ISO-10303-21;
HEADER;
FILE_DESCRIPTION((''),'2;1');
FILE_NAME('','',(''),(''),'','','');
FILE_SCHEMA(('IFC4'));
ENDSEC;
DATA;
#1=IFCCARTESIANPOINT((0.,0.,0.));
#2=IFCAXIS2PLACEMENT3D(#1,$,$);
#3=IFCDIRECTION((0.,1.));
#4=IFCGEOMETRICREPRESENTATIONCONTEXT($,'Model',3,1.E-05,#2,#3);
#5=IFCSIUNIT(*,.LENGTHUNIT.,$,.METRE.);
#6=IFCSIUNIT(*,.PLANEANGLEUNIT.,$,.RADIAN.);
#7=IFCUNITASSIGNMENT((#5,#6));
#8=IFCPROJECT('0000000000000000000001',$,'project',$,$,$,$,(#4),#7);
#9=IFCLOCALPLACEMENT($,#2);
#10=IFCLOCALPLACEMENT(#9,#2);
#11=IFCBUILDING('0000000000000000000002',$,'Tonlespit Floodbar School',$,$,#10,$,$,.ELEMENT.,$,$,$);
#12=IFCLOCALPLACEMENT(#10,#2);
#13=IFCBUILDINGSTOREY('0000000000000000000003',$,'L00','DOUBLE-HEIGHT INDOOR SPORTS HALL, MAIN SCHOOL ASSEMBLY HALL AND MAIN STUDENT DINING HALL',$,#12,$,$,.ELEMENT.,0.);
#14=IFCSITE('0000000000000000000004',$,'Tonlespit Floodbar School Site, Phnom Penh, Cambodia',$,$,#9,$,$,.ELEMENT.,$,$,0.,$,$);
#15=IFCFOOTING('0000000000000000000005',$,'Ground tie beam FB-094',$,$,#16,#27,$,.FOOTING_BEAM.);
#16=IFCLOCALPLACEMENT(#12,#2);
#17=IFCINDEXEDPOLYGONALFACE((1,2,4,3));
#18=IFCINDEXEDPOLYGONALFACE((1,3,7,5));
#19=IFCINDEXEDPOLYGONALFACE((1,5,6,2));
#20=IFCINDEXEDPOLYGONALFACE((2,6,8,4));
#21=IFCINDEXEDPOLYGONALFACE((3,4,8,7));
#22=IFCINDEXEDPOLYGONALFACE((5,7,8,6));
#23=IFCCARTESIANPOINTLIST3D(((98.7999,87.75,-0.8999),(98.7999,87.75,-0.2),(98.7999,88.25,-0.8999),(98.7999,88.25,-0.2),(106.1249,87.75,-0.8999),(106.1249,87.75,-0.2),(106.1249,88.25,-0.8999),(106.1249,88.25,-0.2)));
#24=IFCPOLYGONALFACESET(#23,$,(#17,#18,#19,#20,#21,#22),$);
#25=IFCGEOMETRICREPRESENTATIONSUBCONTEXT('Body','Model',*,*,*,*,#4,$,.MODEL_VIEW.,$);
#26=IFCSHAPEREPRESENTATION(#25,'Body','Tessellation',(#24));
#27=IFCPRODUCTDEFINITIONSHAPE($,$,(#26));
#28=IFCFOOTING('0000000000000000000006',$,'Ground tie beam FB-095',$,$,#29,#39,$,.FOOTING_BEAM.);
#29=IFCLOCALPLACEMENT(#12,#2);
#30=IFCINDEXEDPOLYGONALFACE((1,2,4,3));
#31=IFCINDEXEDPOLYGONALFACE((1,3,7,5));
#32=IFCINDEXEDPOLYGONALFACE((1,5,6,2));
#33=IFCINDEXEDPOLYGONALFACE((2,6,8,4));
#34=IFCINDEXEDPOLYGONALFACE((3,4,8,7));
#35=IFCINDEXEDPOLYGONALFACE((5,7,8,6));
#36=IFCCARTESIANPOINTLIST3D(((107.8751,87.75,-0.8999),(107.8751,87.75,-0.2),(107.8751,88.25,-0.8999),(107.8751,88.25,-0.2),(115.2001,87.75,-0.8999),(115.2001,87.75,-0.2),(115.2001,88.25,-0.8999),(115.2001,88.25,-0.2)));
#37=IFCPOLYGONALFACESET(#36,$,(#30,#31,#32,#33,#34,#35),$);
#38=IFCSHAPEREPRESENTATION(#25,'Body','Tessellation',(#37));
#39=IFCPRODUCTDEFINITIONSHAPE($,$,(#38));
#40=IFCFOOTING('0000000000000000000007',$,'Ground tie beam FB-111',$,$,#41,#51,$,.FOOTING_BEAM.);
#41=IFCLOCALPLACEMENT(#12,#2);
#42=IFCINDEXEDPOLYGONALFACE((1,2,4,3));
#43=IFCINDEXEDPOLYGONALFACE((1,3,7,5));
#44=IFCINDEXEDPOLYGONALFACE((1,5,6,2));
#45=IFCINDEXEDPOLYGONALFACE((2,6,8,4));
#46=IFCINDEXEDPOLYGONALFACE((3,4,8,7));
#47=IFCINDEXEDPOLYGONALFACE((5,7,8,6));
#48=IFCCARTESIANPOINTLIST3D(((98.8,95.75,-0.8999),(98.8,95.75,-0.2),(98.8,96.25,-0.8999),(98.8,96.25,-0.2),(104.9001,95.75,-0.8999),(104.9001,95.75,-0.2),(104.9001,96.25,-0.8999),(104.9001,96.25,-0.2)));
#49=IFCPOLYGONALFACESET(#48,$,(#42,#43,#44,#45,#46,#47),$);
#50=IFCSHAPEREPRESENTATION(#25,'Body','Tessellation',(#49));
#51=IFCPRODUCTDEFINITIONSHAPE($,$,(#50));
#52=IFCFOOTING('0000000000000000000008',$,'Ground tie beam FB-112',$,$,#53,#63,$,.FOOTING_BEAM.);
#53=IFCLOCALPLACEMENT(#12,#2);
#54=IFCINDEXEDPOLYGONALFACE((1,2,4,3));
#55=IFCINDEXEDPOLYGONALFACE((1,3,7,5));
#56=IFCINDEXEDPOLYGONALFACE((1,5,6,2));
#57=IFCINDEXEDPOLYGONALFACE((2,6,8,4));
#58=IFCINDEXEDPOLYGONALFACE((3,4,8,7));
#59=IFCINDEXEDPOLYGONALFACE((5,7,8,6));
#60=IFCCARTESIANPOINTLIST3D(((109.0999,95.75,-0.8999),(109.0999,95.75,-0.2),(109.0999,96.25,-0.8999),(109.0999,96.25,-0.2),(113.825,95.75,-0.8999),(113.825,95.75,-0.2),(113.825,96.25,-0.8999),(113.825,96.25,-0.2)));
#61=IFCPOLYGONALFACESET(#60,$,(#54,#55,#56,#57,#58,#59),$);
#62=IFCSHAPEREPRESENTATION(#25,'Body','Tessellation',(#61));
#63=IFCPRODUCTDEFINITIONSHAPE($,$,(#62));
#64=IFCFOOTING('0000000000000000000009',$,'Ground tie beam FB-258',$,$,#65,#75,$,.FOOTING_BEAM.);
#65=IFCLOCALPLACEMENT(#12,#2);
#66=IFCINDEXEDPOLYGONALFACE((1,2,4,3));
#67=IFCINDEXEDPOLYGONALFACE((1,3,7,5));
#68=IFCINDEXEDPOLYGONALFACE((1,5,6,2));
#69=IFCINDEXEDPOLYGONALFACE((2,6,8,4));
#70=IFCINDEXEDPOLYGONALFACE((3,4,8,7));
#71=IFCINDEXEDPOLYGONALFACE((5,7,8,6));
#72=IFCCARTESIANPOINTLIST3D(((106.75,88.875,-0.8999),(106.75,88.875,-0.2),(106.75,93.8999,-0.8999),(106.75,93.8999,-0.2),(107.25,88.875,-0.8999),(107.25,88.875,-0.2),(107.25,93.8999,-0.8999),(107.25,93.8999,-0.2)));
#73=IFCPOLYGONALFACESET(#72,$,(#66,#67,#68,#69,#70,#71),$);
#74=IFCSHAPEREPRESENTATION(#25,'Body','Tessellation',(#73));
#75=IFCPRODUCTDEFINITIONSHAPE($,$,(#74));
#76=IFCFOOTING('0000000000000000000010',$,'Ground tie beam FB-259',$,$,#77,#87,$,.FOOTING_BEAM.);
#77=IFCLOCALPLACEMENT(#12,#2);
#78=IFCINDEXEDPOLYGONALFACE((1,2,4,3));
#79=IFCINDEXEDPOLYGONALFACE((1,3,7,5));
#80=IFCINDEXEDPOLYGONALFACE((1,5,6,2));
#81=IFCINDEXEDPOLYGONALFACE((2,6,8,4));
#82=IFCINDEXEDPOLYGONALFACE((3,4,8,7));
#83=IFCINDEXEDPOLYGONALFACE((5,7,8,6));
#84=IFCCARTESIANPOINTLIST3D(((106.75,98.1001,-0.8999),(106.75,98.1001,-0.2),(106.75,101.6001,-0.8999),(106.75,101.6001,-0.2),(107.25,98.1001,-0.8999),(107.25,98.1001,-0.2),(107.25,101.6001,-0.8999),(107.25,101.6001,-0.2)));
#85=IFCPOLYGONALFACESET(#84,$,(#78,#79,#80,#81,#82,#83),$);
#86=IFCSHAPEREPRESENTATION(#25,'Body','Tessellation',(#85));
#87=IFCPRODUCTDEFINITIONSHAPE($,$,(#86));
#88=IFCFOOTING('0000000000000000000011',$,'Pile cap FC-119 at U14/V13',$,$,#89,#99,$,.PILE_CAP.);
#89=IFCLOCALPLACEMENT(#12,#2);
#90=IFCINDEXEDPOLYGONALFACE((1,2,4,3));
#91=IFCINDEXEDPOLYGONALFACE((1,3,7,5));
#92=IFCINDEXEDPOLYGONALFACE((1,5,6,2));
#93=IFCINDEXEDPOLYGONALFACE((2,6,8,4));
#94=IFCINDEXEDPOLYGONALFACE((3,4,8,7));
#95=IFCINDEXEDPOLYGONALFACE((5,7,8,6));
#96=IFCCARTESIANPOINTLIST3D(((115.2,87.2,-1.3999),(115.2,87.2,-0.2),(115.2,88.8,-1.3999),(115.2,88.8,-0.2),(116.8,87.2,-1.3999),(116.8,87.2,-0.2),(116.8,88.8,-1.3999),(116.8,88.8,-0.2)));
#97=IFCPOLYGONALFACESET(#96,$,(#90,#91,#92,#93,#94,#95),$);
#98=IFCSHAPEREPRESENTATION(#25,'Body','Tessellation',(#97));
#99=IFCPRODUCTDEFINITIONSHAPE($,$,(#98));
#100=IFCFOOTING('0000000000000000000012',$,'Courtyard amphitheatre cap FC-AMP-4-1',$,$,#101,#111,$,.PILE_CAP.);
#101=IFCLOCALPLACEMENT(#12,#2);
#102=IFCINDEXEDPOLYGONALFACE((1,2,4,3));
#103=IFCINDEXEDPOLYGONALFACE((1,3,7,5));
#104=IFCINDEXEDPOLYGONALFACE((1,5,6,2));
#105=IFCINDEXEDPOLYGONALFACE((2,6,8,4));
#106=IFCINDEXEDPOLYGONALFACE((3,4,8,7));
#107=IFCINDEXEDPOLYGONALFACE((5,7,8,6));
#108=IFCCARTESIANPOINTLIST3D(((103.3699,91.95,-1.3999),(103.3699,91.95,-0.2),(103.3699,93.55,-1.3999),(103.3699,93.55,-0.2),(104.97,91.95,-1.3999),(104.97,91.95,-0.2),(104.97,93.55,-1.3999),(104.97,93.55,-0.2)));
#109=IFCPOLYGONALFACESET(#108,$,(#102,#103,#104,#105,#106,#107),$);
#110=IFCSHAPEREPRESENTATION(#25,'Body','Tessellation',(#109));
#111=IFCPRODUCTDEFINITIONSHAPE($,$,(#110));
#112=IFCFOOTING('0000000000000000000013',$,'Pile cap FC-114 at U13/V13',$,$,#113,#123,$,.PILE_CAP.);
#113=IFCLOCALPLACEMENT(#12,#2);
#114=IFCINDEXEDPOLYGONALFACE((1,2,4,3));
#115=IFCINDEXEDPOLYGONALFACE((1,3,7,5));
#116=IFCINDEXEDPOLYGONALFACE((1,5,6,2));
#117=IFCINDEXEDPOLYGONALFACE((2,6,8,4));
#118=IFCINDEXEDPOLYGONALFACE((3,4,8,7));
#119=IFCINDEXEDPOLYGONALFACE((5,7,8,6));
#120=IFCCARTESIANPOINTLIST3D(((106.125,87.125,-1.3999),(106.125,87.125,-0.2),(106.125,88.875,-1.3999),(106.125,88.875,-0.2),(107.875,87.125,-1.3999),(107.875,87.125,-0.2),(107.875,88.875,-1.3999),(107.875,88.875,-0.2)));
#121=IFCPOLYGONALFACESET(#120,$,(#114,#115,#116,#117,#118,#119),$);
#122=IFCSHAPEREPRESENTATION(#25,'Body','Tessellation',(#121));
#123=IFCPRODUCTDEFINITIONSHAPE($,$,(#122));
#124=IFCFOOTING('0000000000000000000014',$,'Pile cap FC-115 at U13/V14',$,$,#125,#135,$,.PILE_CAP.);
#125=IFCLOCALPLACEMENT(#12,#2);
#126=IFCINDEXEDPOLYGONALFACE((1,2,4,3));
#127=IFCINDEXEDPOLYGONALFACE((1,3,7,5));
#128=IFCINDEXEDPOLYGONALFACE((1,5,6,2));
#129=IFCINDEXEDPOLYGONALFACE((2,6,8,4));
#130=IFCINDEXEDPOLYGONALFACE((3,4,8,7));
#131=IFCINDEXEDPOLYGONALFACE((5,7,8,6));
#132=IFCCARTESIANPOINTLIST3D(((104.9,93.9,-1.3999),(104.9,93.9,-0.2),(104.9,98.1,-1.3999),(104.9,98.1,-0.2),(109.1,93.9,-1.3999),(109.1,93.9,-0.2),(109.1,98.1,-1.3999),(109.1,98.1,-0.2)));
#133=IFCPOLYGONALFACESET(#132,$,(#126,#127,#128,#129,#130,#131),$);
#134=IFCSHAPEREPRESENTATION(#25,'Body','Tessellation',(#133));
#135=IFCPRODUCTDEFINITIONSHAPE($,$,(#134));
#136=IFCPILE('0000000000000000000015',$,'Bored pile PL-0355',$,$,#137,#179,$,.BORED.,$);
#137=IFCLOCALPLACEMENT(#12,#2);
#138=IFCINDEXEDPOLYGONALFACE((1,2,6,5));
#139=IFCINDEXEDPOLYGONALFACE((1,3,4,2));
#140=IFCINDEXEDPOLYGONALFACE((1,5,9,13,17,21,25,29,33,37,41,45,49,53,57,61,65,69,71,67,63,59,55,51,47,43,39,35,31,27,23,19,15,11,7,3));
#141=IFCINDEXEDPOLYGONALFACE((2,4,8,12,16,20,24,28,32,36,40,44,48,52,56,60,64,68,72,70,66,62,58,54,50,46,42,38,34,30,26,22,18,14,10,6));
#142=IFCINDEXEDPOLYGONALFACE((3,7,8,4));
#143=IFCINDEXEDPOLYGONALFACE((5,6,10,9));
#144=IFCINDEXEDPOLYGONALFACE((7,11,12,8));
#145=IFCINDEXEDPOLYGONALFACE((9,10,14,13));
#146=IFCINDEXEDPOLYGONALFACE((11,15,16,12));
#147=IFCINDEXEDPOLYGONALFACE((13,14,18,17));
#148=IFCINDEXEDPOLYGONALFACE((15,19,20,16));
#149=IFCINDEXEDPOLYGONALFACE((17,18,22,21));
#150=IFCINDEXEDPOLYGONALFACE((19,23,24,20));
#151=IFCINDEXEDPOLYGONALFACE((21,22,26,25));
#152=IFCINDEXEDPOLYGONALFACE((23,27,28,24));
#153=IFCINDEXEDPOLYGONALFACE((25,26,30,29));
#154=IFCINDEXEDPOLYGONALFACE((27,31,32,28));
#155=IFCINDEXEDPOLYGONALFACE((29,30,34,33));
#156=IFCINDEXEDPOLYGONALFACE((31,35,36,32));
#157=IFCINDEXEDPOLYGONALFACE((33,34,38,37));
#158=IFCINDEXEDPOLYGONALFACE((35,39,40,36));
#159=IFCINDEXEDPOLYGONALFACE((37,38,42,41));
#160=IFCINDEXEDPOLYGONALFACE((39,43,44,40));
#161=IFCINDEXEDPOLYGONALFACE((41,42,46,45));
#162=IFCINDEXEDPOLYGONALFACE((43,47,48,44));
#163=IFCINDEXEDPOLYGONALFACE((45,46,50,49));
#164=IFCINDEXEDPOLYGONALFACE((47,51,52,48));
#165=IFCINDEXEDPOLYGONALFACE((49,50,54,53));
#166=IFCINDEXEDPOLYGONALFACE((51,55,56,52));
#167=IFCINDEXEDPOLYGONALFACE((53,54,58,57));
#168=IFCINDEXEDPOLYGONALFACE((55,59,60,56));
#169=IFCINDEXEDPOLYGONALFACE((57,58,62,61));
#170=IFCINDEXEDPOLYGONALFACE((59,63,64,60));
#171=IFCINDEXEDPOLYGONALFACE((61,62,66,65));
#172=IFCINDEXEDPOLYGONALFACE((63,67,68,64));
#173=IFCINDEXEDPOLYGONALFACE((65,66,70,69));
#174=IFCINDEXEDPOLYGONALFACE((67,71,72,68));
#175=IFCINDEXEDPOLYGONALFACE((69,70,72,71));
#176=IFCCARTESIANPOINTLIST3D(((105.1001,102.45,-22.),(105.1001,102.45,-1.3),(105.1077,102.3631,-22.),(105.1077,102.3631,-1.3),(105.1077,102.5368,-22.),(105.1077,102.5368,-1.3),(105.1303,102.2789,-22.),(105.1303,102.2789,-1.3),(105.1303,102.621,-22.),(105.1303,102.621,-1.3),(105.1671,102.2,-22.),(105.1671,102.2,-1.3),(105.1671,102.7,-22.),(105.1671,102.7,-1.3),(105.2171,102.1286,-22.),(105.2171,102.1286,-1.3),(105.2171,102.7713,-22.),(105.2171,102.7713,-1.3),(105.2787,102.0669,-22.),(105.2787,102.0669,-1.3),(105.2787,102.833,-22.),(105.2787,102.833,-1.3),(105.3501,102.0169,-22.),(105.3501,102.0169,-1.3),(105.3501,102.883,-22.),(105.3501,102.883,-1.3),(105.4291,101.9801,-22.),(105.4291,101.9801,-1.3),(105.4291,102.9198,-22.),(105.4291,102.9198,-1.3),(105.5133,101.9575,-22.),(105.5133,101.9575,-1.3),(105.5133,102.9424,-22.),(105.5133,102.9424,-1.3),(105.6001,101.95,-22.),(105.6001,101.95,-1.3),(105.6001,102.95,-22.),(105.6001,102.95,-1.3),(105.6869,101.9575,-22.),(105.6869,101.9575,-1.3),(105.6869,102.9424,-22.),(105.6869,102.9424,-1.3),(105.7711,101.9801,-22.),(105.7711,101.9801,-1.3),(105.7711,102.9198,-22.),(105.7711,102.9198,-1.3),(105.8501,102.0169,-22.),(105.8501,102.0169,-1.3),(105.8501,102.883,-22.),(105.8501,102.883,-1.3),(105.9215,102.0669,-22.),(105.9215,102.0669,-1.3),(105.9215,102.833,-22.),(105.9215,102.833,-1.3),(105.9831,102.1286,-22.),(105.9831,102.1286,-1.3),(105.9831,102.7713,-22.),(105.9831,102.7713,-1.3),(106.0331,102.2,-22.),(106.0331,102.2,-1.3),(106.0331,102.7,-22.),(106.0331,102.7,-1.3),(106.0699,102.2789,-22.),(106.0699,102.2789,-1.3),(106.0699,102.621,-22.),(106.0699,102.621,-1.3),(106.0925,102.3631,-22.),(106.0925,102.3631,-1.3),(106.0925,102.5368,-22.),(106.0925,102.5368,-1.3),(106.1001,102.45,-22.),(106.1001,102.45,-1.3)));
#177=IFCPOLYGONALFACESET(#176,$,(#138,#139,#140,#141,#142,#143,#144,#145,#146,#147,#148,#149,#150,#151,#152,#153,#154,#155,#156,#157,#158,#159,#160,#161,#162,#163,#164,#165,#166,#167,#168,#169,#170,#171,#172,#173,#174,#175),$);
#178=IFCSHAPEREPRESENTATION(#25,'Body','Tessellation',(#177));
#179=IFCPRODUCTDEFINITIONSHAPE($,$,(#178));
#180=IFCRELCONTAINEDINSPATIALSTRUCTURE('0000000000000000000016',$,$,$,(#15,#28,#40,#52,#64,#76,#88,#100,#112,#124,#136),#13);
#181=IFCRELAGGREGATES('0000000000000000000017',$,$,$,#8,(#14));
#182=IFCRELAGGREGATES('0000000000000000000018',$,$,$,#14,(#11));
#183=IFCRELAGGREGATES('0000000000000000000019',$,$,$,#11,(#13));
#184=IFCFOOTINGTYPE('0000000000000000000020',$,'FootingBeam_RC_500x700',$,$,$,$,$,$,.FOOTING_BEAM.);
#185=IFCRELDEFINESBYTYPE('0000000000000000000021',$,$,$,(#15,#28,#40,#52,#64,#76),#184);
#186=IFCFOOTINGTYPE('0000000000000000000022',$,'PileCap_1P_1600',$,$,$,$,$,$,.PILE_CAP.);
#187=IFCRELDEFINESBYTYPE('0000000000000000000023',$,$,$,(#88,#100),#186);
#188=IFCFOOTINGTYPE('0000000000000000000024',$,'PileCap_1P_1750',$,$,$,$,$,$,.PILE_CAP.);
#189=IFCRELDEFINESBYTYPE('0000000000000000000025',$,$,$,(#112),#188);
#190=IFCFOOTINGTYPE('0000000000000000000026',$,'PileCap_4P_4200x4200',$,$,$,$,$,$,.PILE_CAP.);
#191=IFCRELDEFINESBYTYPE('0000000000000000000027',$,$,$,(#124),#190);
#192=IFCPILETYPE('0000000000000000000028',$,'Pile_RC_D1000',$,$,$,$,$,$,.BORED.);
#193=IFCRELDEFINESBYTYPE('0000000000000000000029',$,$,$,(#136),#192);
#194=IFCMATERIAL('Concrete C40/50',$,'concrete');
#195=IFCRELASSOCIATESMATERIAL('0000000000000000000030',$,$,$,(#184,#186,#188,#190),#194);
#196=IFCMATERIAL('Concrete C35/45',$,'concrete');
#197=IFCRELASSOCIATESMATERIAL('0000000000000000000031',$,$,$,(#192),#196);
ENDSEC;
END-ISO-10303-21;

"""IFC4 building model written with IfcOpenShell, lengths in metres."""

from ifc_helpers import new_model, si_unit, direction, frame, origin, origin_2d, place, context, subcontext, project, spatial, rectangle, circle, extrude, material, material_profile, profile_set, type_object, element, save


model = new_model("IFC4")

# Units and contexts
model_context = context("Model", 3, precision=1e-05, world=origin(), true_north=direction((0.0, 1.0)))
body_context = subcontext(model_context, "Body", "Model", "MODEL_VIEW")
ifc_project = project(units=[si_unit("LENGTHUNIT", "METRE"), si_unit("PLANEANGLEUNIT", "RADIAN")], contexts=[model_context])

# Site, building, storey
site_placement = place(None, origin())
site = spatial("IfcSite", under=ifc_project, at=site_placement, Name="Tonlespit Floodbar School Site, Phnom Penh, Cambodia", CompositionType="ELEMENT", RefElevation=0.0)
building_placement = place(site_placement, origin())
building = spatial("IfcBuilding", under=site, at=building_placement, Name="Tonlespit Floodbar School", CompositionType="ELEMENT")
storey_placement = place(building_placement, origin())
storey = spatial("IfcBuildingStorey", under=building, at=storey_placement, Name="L00", Description="DOUBLE-HEIGHT INDOOR SPORTS HALL, MAIN SCHOOL ASSEMBLY HALL AND MAIN STUDENT DINING HALL", CompositionType="ELEMENT", Elevation=0.0)

# Footings
ifc_material_1 = material(Name="Concrete C40/50", Category="concrete")
footing_type_1 = type_object("IfcFootingType", Name="FootingBeam_RC_500x700", PredefinedType="FOOTING_BEAM", material=ifc_material_1)
for number, where, z_axis, x_axis, name in (
    (1, (102.4624, 88.0, -0.8999), (0.0, 0.0, 1.0), (1.0, 0.0, 0.0), "Ground tie beam FB-094"),
    (2, (111.5376, 88.0, -0.8999), (0.0, 0.0, 1.0), (1.0, 0.0, 0.0), "Ground tie beam FB-095"),
):
    element("IfcFooting", number, at=place(storey_placement, frame(where, z_axis=z_axis, x_axis=x_axis)), inside=storey, type_object=footing_type_1, Name=name, PredefinedType="FOOTING_BEAM", context=body_context, shape_type="SweptSolid", body=[
        extrude(rectangle(XDim=7.325, YDim=0.5, at=origin_2d()), origin(), (0.0, 0.0, 1.0), 0.7),
    ])
footing_1_placement = place(storey_placement, frame((101.8501, 96.0, -0.8999), z_axis=(0.0, 0.0, 1.0), x_axis=(1.0, 0.0, 0.0)))
element("IfcFooting", 3, at=footing_1_placement, inside=storey, type_object=footing_type_1, Name="Ground tie beam FB-111", PredefinedType="FOOTING_BEAM", context=body_context, shape_type="SweptSolid", body=[
    extrude(rectangle(XDim=6.1001, YDim=0.5, at=origin_2d()), origin(), (0.0, 0.0, 1.0), 0.7),
])
footing_2_placement = place(storey_placement, frame((111.4624, 96.0, -0.8999), z_axis=(0.0, 0.0, 1.0), x_axis=(1.0, 0.0, 0.0)))
element("IfcFooting", 4, at=footing_2_placement, inside=storey, type_object=footing_type_1, Name="Ground tie beam FB-112", PredefinedType="FOOTING_BEAM", context=body_context, shape_type="SweptSolid", body=[
    extrude(rectangle(XDim=4.7251, YDim=0.5, at=origin_2d()), origin(), (0.0, 0.0, 1.0), 0.7),
])
footing_3_placement = place(storey_placement, frame((107.0, 91.3875, -0.8999), z_axis=(0.0, 0.0, 1.0), x_axis=(0.0, 1.0, 0.0)))
element("IfcFooting", 5, at=footing_3_placement, inside=storey, type_object=footing_type_1, Name="Ground tie beam FB-258", PredefinedType="FOOTING_BEAM", context=body_context, shape_type="SweptSolid", body=[
    extrude(rectangle(XDim=5.0249, YDim=0.5, at=origin_2d()), origin(), (0.0, 0.0, 1.0), 0.7),
])
footing_4_placement = place(storey_placement, frame((107.0, 99.8501, -0.8999), z_axis=(0.0, 0.0, 1.0), x_axis=(0.0, 1.0, 0.0)))
element("IfcFooting", 6, at=footing_4_placement, inside=storey, type_object=footing_type_1, Name="Ground tie beam FB-259", PredefinedType="FOOTING_BEAM", context=body_context, shape_type="SweptSolid", body=[
    extrude(rectangle(XDim=3.5, YDim=0.5, at=origin_2d()), origin(), (0.0, 0.0, 1.0), 0.7),
])
footing_type_2 = type_object("IfcFootingType", Name="PileCap_1P_1600", PredefinedType="PILE_CAP", material=ifc_material_1)
for number, where, z_axis, x_axis, name in (
    (7, (116.0, 88.0, -1.3999), (0.0, 0.0, 1.0), (1.0, 0.0, 0.0), "Pile cap FC-119 at U14/V13"),
    (8, (104.1699, 92.75, -1.3999), (0.0, 0.0, 1.0), (1.0, 0.0, 0.0), "Courtyard amphitheatre cap FC-AMP-4-1"),
):
    element("IfcFooting", number, at=place(storey_placement, frame(where, z_axis=z_axis, x_axis=x_axis)), inside=storey, type_object=footing_type_2, Name=name, PredefinedType="PILE_CAP", context=body_context, shape_type="SweptSolid", body=[
        extrude(rectangle(XDim=1.6001, YDim=1.6001, at=origin_2d()), origin(), (0.0, 0.0, 1.0), 1.2),
    ])
footing_type_3 = type_object("IfcFootingType", Name="PileCap_1P_1750", PredefinedType="PILE_CAP", material=ifc_material_1)
footing_5_placement = place(storey_placement, frame((107.0, 88.0, -1.3999), z_axis=(0.0, 0.0, 1.0), x_axis=(1.0, 0.0, 0.0)))
element("IfcFooting", 9, at=footing_5_placement, inside=storey, type_object=footing_type_3, Name="Pile cap FC-114 at U13/V13", PredefinedType="PILE_CAP", context=body_context, shape_type="SweptSolid", body=[
    extrude(rectangle(XDim=1.75, YDim=1.75, at=origin_2d()), origin(), (0.0, 0.0, 1.0), 1.2),
])
footing_type_4 = type_object("IfcFootingType", Name="PileCap_4P_4200x4200", PredefinedType="PILE_CAP", material=ifc_material_1)
footing_6_placement = place(storey_placement, frame((107.0, 96.0, -1.3999), z_axis=(0.0, 0.0, 1.0), x_axis=(1.0, 0.0, 0.0)))
element("IfcFooting", 10, at=footing_6_placement, inside=storey, type_object=footing_type_4, Name="Pile cap FC-115 at U13/V14", PredefinedType="PILE_CAP", context=body_context, shape_type="SweptSolid", body=[
    extrude(rectangle(XDim=4.2, YDim=4.2, at=origin_2d()), origin(), (0.0, 0.0, 1.0), 1.2),
])

# Pile
ifc_material_2 = material(Name="Concrete C35/45", Category="concrete")
ifc_material_profile_1 = material_profile(ifc_material_2, circle(Radius=0.5, at=origin_2d()), Name="BP D1000")
ifc_profile_set_1 = profile_set([ifc_material_profile_1], Name="Concrete C35/45")
pile_type_1 = type_object("IfcPileType", Name="Pile_RC_D1000", PredefinedType="BORED", material=ifc_profile_set_1)
for number, where, z_axis, x_axis, name in (
    (11, (105.6001, 102.45, -1.3), (0.0, 0.0, -1.0), (1.0, 0.0, 0.0), "Bored pile PL-0355"),
):
    element("IfcPile", number, at=place(storey_placement, frame(where, z_axis=z_axis, x_axis=x_axis)), inside=storey, type_object=pile_type_1, Name=name, PredefinedType="BORED", context=body_context, shape_type="SweptSolid", body=[
        extrude(circle(Radius=0.5, at=origin_2d()), origin(), (0.0, 0.0, 1.0), 20.7),
    ])

save(model, "model.ifc")
